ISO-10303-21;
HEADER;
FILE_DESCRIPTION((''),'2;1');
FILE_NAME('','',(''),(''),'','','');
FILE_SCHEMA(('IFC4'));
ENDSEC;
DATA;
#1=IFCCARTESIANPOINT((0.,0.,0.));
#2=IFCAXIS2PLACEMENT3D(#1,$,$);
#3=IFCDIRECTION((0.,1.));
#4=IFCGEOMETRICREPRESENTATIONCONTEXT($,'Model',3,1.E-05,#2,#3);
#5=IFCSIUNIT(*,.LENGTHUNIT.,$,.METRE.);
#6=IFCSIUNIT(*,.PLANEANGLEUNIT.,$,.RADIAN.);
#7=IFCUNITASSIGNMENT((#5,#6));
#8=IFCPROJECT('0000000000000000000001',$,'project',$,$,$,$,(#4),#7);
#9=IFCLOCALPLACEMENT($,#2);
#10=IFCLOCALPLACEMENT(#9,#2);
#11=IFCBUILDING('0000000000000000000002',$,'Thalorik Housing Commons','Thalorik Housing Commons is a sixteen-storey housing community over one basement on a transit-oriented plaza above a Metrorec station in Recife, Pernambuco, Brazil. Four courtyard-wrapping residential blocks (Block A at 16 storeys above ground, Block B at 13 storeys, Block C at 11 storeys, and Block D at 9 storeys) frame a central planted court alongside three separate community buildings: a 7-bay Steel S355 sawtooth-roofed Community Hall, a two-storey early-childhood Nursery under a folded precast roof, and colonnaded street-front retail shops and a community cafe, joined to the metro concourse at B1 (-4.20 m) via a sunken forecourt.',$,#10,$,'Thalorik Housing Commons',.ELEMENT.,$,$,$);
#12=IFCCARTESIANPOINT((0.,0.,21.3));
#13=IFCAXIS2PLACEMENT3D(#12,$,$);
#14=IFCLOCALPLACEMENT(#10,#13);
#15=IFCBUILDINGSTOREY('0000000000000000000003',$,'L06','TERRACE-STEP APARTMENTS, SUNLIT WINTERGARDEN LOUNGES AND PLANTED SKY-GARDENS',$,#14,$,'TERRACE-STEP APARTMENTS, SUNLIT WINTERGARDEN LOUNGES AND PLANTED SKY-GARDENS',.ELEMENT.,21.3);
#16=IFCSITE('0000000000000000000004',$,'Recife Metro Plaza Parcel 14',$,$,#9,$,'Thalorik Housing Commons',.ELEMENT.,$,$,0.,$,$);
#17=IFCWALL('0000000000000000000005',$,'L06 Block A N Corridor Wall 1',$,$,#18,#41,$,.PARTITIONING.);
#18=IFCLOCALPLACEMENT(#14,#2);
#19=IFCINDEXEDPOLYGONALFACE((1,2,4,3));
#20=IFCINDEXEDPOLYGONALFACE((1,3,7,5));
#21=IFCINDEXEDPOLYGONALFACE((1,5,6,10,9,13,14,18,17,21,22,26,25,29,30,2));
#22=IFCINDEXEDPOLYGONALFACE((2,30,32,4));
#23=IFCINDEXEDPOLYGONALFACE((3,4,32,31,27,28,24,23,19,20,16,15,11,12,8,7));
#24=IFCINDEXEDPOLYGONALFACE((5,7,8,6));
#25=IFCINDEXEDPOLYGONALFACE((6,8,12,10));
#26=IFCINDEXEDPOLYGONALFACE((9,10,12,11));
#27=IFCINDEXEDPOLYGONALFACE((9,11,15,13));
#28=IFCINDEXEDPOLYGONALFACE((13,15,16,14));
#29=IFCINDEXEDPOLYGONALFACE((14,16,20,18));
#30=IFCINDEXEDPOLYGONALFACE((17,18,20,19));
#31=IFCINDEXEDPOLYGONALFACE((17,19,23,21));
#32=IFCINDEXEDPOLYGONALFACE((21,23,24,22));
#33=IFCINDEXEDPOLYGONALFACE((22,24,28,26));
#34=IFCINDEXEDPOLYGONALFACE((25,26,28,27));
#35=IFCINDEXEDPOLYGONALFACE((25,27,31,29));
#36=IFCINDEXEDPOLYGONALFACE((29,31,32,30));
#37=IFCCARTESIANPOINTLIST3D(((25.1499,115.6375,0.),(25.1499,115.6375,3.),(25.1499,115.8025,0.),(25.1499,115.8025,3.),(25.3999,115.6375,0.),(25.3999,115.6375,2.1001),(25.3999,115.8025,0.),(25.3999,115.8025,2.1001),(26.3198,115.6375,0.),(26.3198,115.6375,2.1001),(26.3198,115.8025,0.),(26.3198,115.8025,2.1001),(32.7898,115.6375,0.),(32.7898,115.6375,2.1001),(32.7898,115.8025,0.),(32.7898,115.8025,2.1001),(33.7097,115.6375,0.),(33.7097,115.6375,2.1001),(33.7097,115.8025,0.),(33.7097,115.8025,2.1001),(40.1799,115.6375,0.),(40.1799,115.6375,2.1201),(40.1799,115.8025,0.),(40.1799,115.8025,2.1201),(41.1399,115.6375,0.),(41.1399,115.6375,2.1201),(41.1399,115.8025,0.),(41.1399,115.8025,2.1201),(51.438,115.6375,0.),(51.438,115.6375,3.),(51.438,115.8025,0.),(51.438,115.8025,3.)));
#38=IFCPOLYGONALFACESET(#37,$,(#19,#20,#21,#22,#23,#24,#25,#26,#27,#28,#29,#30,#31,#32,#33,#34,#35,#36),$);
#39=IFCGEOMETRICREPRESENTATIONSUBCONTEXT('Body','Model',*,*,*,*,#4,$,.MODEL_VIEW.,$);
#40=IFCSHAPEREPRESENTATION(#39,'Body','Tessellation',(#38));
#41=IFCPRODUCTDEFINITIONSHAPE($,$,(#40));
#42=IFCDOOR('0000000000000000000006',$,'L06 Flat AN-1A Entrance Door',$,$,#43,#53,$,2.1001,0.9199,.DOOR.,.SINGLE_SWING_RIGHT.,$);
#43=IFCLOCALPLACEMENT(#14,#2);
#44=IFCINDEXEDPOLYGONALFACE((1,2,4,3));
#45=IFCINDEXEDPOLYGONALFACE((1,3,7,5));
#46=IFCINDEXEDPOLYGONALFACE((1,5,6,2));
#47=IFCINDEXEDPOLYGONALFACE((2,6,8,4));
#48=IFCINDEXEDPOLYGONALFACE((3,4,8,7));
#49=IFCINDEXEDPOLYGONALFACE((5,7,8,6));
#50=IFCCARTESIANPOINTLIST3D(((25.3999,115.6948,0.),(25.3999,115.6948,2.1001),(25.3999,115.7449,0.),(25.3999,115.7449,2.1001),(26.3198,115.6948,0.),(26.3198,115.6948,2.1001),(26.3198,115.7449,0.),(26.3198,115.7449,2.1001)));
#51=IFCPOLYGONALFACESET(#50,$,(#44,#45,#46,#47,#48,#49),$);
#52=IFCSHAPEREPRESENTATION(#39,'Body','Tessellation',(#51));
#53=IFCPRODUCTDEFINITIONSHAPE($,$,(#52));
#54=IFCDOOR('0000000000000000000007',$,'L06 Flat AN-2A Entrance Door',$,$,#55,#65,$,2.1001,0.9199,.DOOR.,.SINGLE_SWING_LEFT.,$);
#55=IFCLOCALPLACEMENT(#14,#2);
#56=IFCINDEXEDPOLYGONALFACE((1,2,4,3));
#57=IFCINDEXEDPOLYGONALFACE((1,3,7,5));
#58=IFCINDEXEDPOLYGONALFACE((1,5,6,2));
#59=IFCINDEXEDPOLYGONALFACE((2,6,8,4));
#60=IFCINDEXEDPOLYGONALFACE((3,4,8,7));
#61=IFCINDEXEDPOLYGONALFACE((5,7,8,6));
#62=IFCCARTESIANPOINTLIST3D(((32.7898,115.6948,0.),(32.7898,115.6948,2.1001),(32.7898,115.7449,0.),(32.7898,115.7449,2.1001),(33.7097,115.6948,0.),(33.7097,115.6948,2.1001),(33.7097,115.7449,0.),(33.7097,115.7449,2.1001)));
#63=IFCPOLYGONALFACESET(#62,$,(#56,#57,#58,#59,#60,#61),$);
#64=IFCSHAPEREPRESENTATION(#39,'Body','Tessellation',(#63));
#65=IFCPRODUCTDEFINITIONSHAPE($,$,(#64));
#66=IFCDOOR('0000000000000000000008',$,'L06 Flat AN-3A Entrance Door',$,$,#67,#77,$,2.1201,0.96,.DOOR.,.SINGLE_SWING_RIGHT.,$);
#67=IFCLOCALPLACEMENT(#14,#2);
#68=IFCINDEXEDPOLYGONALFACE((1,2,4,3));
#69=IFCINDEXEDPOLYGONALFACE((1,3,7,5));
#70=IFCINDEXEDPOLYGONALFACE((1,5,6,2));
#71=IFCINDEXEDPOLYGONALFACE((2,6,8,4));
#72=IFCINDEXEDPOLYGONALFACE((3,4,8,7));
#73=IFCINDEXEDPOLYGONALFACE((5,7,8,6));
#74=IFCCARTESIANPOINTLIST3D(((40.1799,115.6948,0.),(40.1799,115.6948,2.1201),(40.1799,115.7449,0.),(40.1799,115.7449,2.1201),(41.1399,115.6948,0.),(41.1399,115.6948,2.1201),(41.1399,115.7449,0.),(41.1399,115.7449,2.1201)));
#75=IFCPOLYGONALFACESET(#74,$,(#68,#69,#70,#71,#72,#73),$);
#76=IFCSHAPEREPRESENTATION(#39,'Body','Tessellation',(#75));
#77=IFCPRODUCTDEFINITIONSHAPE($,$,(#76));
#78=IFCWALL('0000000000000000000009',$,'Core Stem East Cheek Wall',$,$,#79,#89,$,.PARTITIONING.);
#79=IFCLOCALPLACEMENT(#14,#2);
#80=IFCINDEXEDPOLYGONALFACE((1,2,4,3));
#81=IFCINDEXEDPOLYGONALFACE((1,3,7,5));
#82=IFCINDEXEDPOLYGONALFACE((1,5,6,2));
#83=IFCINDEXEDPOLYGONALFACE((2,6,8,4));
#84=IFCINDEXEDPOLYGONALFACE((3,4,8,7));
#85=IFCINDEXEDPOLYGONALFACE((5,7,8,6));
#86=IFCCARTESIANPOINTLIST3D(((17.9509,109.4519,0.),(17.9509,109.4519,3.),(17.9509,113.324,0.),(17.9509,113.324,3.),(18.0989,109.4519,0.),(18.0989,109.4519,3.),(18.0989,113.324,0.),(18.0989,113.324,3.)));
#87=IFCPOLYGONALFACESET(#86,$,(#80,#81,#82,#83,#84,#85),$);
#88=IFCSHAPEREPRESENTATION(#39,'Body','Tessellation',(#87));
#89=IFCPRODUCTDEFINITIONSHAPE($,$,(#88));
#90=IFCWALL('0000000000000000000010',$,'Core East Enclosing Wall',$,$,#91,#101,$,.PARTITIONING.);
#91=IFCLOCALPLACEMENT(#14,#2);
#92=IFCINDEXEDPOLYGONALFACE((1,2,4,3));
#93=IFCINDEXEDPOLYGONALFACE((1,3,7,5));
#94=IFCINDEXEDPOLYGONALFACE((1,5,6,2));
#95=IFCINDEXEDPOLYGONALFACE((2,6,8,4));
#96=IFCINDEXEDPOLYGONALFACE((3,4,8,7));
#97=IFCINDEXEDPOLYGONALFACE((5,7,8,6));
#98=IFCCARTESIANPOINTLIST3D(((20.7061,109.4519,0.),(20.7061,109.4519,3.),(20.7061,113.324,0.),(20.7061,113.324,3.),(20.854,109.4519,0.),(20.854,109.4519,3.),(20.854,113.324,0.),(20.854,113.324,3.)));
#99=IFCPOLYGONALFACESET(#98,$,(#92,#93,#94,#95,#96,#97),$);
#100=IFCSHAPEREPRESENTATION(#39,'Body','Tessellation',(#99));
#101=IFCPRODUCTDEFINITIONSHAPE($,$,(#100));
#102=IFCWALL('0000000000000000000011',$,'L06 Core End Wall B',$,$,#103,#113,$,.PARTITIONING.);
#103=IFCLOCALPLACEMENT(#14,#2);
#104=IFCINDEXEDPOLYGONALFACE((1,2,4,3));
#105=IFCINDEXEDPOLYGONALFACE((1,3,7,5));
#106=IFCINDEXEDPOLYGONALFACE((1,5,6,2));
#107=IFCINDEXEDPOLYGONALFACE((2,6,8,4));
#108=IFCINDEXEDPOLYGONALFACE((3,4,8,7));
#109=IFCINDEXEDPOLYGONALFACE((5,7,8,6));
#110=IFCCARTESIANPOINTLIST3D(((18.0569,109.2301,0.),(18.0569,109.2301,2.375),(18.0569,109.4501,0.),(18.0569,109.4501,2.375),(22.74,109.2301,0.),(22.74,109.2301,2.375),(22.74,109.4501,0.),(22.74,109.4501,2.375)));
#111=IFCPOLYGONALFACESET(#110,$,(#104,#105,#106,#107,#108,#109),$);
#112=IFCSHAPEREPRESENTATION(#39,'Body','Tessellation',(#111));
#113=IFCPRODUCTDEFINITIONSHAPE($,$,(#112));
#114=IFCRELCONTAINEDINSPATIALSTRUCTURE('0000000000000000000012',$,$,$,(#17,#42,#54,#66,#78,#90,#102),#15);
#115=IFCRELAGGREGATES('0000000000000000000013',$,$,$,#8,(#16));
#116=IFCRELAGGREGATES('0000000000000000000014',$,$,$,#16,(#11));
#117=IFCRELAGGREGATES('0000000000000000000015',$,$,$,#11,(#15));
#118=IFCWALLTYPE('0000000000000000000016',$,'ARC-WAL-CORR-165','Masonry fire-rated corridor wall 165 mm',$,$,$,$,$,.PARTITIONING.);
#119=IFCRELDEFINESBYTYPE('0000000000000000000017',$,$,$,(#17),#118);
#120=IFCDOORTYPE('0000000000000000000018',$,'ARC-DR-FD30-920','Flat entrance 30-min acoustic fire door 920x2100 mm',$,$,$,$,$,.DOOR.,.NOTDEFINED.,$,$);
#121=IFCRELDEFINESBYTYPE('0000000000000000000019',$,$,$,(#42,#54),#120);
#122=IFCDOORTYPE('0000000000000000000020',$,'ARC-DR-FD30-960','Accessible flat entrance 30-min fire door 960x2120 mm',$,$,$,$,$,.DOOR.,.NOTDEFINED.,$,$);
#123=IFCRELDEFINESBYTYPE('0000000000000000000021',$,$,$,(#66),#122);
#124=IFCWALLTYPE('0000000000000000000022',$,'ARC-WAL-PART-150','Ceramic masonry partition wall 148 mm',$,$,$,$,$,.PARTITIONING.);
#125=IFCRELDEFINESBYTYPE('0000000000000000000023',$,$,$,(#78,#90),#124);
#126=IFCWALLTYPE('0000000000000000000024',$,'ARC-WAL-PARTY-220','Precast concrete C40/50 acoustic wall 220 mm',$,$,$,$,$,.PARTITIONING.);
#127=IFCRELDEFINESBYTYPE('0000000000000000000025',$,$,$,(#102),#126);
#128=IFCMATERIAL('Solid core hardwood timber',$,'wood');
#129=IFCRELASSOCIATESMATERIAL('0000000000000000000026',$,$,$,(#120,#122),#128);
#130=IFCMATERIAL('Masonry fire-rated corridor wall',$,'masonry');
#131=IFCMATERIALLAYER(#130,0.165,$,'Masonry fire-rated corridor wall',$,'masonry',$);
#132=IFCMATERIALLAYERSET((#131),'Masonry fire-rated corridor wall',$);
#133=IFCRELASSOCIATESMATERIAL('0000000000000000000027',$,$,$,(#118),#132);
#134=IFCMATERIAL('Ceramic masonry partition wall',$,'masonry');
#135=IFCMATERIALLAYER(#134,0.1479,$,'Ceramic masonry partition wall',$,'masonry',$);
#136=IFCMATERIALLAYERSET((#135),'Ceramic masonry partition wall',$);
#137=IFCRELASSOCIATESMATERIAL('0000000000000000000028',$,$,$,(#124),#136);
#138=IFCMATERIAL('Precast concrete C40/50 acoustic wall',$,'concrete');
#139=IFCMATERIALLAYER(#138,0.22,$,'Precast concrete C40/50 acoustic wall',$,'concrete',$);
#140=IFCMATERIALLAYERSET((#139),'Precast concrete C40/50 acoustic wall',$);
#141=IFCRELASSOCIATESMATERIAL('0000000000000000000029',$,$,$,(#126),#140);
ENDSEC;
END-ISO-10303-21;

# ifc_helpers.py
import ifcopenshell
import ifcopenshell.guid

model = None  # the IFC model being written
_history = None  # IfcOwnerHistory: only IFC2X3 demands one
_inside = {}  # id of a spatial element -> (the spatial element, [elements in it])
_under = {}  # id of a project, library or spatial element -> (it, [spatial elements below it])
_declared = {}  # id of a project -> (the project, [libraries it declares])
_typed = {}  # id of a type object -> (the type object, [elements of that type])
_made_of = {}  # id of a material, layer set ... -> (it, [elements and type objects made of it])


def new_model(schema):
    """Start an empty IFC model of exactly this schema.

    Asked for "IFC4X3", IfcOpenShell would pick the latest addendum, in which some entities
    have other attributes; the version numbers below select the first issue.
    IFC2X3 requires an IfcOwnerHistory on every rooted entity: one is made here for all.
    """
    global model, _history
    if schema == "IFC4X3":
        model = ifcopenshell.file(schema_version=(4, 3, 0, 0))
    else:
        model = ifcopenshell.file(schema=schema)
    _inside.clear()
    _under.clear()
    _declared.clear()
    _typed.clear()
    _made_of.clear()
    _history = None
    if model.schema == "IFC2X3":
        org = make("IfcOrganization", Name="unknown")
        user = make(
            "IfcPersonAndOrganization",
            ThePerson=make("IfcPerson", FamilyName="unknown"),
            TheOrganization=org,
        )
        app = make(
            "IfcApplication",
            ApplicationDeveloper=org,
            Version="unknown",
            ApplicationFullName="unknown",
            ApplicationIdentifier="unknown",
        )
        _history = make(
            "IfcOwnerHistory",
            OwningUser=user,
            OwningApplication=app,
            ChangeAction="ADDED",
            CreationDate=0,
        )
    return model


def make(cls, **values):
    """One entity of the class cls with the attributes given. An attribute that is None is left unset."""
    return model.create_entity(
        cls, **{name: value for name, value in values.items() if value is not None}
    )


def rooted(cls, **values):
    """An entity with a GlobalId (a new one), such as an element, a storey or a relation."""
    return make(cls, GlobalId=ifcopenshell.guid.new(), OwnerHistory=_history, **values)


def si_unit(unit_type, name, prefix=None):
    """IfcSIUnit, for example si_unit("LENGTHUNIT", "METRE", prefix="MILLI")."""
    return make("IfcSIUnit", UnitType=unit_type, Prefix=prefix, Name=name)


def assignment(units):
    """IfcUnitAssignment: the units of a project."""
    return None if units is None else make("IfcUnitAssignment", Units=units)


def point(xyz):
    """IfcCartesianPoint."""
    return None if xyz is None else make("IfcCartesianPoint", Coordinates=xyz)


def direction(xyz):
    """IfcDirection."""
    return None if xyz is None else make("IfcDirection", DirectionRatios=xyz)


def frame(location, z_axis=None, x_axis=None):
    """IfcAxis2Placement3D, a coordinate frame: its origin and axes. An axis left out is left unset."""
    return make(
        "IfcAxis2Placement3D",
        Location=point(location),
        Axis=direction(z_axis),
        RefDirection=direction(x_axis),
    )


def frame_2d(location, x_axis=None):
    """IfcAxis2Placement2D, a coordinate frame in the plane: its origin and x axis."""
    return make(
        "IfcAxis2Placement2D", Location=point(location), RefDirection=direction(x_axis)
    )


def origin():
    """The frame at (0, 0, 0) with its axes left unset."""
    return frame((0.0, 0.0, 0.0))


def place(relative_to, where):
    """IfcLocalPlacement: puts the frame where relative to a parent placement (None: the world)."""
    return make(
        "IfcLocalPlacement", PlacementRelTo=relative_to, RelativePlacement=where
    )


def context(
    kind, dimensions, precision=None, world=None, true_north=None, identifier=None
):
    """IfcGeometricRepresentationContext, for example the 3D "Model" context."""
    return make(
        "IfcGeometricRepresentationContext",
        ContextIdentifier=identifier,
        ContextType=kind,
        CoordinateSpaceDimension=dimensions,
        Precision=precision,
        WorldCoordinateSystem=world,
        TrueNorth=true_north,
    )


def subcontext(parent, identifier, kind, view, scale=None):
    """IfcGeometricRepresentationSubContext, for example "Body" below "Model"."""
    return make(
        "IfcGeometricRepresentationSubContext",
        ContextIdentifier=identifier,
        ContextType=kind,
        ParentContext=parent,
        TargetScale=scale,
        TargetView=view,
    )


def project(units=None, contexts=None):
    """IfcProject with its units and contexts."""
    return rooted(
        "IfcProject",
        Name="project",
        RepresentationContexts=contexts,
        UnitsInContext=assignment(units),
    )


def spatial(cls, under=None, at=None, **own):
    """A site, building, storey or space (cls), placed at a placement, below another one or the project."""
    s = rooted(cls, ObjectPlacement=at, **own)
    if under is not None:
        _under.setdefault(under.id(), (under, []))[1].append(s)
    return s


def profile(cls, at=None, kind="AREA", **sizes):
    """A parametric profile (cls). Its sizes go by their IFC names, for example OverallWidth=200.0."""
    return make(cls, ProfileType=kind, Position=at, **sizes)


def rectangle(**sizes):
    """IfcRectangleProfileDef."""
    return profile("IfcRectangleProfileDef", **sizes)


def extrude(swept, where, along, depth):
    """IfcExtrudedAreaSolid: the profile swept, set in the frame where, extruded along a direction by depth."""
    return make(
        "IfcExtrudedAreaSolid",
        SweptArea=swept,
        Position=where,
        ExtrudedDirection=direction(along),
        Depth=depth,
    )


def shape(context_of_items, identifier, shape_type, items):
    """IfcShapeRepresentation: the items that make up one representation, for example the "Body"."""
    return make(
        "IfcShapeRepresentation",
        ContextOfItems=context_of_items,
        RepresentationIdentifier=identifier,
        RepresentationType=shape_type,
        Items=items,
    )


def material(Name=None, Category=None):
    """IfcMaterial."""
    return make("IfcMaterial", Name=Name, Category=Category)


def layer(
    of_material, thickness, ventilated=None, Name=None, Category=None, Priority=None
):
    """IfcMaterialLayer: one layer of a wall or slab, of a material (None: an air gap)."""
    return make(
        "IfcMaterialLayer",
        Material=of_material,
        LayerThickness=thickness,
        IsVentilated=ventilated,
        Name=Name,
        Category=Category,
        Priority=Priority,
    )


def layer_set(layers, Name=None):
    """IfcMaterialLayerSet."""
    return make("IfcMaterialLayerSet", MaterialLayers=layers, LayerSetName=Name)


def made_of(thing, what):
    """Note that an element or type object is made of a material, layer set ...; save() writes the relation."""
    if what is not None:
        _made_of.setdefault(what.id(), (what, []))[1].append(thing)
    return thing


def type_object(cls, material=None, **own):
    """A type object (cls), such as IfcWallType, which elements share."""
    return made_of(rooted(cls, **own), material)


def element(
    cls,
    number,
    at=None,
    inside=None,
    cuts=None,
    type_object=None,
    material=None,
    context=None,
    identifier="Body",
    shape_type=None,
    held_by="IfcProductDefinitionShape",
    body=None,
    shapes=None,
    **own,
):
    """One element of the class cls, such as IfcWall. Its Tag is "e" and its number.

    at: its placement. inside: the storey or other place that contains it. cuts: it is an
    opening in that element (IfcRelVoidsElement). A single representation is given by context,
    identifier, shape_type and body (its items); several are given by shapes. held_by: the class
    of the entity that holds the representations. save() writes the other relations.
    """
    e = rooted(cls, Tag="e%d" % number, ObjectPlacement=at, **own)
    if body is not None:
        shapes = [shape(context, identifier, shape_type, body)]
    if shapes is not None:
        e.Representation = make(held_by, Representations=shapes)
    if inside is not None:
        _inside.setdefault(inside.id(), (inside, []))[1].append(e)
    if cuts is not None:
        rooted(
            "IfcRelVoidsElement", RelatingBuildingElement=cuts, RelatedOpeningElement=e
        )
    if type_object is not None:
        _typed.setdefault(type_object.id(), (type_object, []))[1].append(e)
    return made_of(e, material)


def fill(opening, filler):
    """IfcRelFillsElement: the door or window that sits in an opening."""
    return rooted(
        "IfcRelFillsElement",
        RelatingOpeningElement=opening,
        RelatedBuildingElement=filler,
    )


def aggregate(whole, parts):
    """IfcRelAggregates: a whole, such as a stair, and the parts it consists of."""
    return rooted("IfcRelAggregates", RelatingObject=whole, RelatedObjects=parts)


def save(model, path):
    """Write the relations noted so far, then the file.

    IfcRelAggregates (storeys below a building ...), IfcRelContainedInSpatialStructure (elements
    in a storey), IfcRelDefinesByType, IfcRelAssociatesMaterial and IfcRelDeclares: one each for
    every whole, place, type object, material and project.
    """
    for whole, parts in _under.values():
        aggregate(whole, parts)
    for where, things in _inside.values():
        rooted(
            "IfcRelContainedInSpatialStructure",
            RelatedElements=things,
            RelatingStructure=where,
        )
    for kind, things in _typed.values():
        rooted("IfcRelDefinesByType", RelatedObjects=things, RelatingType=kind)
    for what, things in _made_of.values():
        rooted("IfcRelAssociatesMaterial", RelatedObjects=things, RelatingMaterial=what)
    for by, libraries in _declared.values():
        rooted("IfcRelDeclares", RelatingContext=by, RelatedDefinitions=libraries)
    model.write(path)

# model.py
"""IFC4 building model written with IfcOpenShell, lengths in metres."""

from ifc_helpers import new_model, si_unit, direction, frame, frame_2d, origin, place, context, subcontext, project, spatial, rectangle, extrude, material, layer, layer_set, type_object, element, fill, save


model = new_model("IFC4")

# Units and contexts
model_context = context("Model", 3, precision=1e-05, world=origin(), true_north=direction((0.0, 1.0)))
body_context = subcontext(model_context, "Body", "Model", "MODEL_VIEW")
ifc_project = project(units=[si_unit("LENGTHUNIT", "METRE"), si_unit("PLANEANGLEUNIT", "RADIAN")], contexts=[model_context])

# Site, building, storey
site_placement = place(None, origin())
site = spatial("IfcSite", under=ifc_project, at=site_placement, Name="Recife Metro Plaza Parcel 14", LongName="Thalorik Housing Commons", CompositionType="ELEMENT", RefElevation=0.0)
building_placement = place(site_placement, origin())
building = spatial("IfcBuilding", under=site, at=building_placement, Name="Thalorik Housing Commons", Description="Thalorik Housing Commons is a sixteen-storey housing community over one basement on a transit-oriented plaza above a Metrorec station in Recife, Pernambuco, Brazil. Four courtyard-wrapping residential blocks (Block A at 16 storeys above ground, Block B at 13 storeys, Block C at 11 storeys, and Block D at 9 storeys) frame a central planted court alongside three separate community buildings: a 7-bay Steel S355 sawtooth-roofed Community Hall, a two-storey early-childhood Nursery under a folded precast roof, and colonnaded street-front retail shops and a community cafe, joined to the metro concourse at B1 (-4.20 m) via a sunken forecourt.", LongName="Thalorik Housing Commons", CompositionType="ELEMENT")
storey_placement = place(building_placement, frame((0.0, 0.0, 21.3)))
storey = spatial("IfcBuildingStorey", under=building, at=storey_placement, Name="L06", Description="TERRACE-STEP APARTMENTS, SUNLIT WINTERGARDEN LOUNGES AND PLANTED SKY-GARDENS", LongName="TERRACE-STEP APARTMENTS, SUNLIT WINTERGARDEN LOUNGES AND PLANTED SKY-GARDENS", CompositionType="ELEMENT", Elevation=21.3)

# Shared definitions
ifc_material_1 = material(Name="Masonry fire-rated corridor wall", Category="masonry")

# Shared definitions
ifc_material_2 = material(Name="Solid core hardwood timber", Category="wood")
door_type_1 = type_object("IfcDoorType", Name="ARC-DR-FD30-920", Description="Flat entrance 30-min acoustic fire door 920x2100 mm", OperationType="NOTDEFINED", PredefinedType="DOOR", material=ifc_material_2)

# Shared definitions
ifc_layer_1 = layer(ifc_material_1, 0.165, Name="Masonry fire-rated corridor wall", Category="masonry")
ifc_layer_set_1 = layer_set([ifc_layer_1], Name="Masonry fire-rated corridor wall")
wall_type_1 = type_object("IfcWallType", Name="ARC-WAL-CORR-165", Description="Masonry fire-rated corridor wall 165 mm", PredefinedType="PARTITIONING", material=ifc_layer_set_1)

# Wall, openings, doors
wall_1_placement = place(storey_placement, frame((25.1499, 115.72, 0.0), z_axis=(0.0, 0.0, 1.0), x_axis=(1.0, 0.0, 0.0)))
wall_1 = element("IfcWall", 1, at=wall_1_placement, inside=storey, type_object=wall_type_1, Name="L06 Block A N Corridor Wall 1", PredefinedType="PARTITIONING", context=body_context, shape_type="SweptSolid", body=[
    extrude(rectangle(XDim=26.2881, YDim=0.165, at=frame_2d((13.144, 0.0))), origin(), (0.0, 0.0, 1.0), 3.0),
])
opening_1_placement = place(wall_1_placement, frame((0.25, 0.0, 0.0)))
opening_1 = element("IfcOpeningElement", 2, at=opening_1_placement, cuts=wall_1, PredefinedType="OPENING", context=body_context, shape_type="SweptSolid", body=[
    extrude(rectangle(XDim=0.9199, YDim=2.1001, at=frame_2d((0.46, 1.05))), frame((0.0, 0.0925, 0.0), z_axis=(0.0, -1.0, 0.0), x_axis=(1.0, 0.0, 0.0)), (0.0, 0.0, 1.0), 0.1851),
])
opening_2_placement = place(wall_1_placement, frame((7.6399, 0.0, 0.0)))
opening_2 = element("IfcOpeningElement", 3, at=opening_2_placement, cuts=wall_1, PredefinedType="OPENING", context=body_context, shape_type="SweptSolid", body=[
    extrude(rectangle(XDim=0.9199, YDim=2.1001, at=frame_2d((0.46, 1.05))), frame((0.0, 0.0925, 0.0), z_axis=(0.0, -1.0, 0.0), x_axis=(1.0, 0.0, 0.0)), (0.0, 0.0, 1.0), 0.1851),
])
opening_3_placement = place(wall_1_placement, frame((15.03, 0.0, 0.0)))
opening_3 = element("IfcOpeningElement", 4, at=opening_3_placement, cuts=wall_1, PredefinedType="OPENING", context=body_context, shape_type="SweptSolid", body=[
    extrude(rectangle(XDim=0.96, YDim=2.1201, at=frame_2d((0.48, 1.0601))), frame((0.0, 0.0925, 0.0), z_axis=(0.0, -1.0, 0.0), x_axis=(1.0, 0.0, 0.0)), (0.0, 0.0, 1.0), 0.1851),
])
door_1_placement = place(opening_1_placement, origin())
door_1 = element("IfcDoor", 5, at=door_1_placement, inside=storey, type_object=door_type_1, Name="L06 Flat AN-1A Entrance Door", OperationType="SINGLE_SWING_RIGHT", OverallHeight=2.1001, OverallWidth=0.9199, PredefinedType="DOOR", context=body_context, shape_type="SweptSolid", body=[
    extrude(rectangle(XDim=0.9199, YDim=2.1001, at=frame_2d((0.46, 1.05))), frame((0.0, 0.0249, 0.0), z_axis=(0.0, -1.0, 0.0), x_axis=(1.0, 0.0, 0.0)), (0.0, 0.0, 1.0), 0.05),
])
fill(opening_1, door_1)
door_2_placement = place(opening_2_placement, origin())
door_2 = element("IfcDoor", 6, at=door_2_placement, inside=storey, type_object=door_type_1, Name="L06 Flat AN-2A Entrance Door", OperationType="SINGLE_SWING_LEFT", OverallHeight=2.1001, OverallWidth=0.9199, PredefinedType="DOOR", context=body_context, shape_type="SweptSolid", body=[
    extrude(rectangle(XDim=0.9199, YDim=2.1001, at=frame_2d((0.46, 1.05))), frame((0.0, 0.0249, 0.0), z_axis=(0.0, -1.0, 0.0), x_axis=(1.0, 0.0, 0.0)), (0.0, 0.0, 1.0), 0.05),
])
fill(opening_2, door_2)
door_type_2 = type_object("IfcDoorType", Name="ARC-DR-FD30-960", Description="Accessible flat entrance 30-min fire door 960x2120 mm", OperationType="NOTDEFINED", PredefinedType="DOOR", material=ifc_material_2)
door_3_placement = place(opening_3_placement, origin())
door_3 = element("IfcDoor", 7, at=door_3_placement, inside=storey, type_object=door_type_2, Name="L06 Flat AN-3A Entrance Door", OperationType="SINGLE_SWING_RIGHT", OverallHeight=2.1201, OverallWidth=0.96, PredefinedType="DOOR", context=body_context, shape_type="SweptSolid", body=[
    extrude(rectangle(XDim=0.96, YDim=2.1201, at=frame_2d((0.48, 1.0601))), frame((0.0, 0.0249, 0.0), z_axis=(0.0, -1.0, 0.0), x_axis=(1.0, 0.0, 0.0)), (0.0, 0.0, 1.0), 0.05),
])
fill(opening_3, door_3)

# Walls
ifc_material_3 = material(Name="Ceramic masonry partition wall", Category="masonry")
ifc_layer_2 = layer(ifc_material_3, 0.1479, Name="Ceramic masonry partition wall", Category="masonry")
ifc_layer_set_2 = layer_set([ifc_layer_2], Name="Ceramic masonry partition wall")
wall_type_2 = type_object("IfcWallType", Name="ARC-WAL-PART-150", Description="Ceramic masonry partition wall 148 mm", PredefinedType="PARTITIONING", material=ifc_layer_set_2)
for number, where, z_axis, x_axis, name in (
    (8, (18.0249, 113.324, 0.0), (0.0, 0.0, 1.0), (0.0, -1.0, 0.0), "Core Stem East Cheek Wall"),
    (9, (20.78, 113.324, 0.0), (0.0, 0.0, 1.0), (0.0, -1.0, 0.0), "Core East Enclosing Wall"),
):
    element("IfcWall", number, at=place(storey_placement, frame(where, z_axis=z_axis, x_axis=x_axis)), inside=storey, type_object=wall_type_2, Name=name, PredefinedType="PARTITIONING", context=body_context, shape_type="SweptSolid", body=[
        extrude(rectangle(XDim=3.8721, YDim=0.1479, at=frame_2d((1.936, 0.0))), origin(), (0.0, 0.0, 1.0), 3.0),
    ])

# Wall
ifc_material_4 = material(Name="Precast concrete C40/50 acoustic wall", Category="concrete")
ifc_layer_3 = layer(ifc_material_4, 0.22, Name="Precast concrete C40/50 acoustic wall", Category="concrete")
ifc_layer_set_3 = layer_set([ifc_layer_3], Name="Precast concrete C40/50 acoustic wall")
wall_type_3 = type_object("IfcWallType", Name="ARC-WAL-PARTY-220", Description="Precast concrete C40/50 acoustic wall 220 mm", PredefinedType="PARTITIONING", material=ifc_layer_set_3)
wall_2_placement = place(storey_placement, frame((18.0569, 109.3401, 0.0), z_axis=(0.0, 0.0, 1.0), x_axis=(1.0, 0.0, 0.0)))
element("IfcWall", 10, at=wall_2_placement, inside=storey, type_object=wall_type_3, Name="L06 Core End Wall B", PredefinedType="PARTITIONING", context=body_context, shape_type="SweptSolid", body=[
    extrude(rectangle(XDim=4.6831, YDim=0.22, at=frame_2d((2.3416, 0.0))), origin(), (0.0, 0.0, 1.0), 2.375),
])

save(model, "model.ifc")
